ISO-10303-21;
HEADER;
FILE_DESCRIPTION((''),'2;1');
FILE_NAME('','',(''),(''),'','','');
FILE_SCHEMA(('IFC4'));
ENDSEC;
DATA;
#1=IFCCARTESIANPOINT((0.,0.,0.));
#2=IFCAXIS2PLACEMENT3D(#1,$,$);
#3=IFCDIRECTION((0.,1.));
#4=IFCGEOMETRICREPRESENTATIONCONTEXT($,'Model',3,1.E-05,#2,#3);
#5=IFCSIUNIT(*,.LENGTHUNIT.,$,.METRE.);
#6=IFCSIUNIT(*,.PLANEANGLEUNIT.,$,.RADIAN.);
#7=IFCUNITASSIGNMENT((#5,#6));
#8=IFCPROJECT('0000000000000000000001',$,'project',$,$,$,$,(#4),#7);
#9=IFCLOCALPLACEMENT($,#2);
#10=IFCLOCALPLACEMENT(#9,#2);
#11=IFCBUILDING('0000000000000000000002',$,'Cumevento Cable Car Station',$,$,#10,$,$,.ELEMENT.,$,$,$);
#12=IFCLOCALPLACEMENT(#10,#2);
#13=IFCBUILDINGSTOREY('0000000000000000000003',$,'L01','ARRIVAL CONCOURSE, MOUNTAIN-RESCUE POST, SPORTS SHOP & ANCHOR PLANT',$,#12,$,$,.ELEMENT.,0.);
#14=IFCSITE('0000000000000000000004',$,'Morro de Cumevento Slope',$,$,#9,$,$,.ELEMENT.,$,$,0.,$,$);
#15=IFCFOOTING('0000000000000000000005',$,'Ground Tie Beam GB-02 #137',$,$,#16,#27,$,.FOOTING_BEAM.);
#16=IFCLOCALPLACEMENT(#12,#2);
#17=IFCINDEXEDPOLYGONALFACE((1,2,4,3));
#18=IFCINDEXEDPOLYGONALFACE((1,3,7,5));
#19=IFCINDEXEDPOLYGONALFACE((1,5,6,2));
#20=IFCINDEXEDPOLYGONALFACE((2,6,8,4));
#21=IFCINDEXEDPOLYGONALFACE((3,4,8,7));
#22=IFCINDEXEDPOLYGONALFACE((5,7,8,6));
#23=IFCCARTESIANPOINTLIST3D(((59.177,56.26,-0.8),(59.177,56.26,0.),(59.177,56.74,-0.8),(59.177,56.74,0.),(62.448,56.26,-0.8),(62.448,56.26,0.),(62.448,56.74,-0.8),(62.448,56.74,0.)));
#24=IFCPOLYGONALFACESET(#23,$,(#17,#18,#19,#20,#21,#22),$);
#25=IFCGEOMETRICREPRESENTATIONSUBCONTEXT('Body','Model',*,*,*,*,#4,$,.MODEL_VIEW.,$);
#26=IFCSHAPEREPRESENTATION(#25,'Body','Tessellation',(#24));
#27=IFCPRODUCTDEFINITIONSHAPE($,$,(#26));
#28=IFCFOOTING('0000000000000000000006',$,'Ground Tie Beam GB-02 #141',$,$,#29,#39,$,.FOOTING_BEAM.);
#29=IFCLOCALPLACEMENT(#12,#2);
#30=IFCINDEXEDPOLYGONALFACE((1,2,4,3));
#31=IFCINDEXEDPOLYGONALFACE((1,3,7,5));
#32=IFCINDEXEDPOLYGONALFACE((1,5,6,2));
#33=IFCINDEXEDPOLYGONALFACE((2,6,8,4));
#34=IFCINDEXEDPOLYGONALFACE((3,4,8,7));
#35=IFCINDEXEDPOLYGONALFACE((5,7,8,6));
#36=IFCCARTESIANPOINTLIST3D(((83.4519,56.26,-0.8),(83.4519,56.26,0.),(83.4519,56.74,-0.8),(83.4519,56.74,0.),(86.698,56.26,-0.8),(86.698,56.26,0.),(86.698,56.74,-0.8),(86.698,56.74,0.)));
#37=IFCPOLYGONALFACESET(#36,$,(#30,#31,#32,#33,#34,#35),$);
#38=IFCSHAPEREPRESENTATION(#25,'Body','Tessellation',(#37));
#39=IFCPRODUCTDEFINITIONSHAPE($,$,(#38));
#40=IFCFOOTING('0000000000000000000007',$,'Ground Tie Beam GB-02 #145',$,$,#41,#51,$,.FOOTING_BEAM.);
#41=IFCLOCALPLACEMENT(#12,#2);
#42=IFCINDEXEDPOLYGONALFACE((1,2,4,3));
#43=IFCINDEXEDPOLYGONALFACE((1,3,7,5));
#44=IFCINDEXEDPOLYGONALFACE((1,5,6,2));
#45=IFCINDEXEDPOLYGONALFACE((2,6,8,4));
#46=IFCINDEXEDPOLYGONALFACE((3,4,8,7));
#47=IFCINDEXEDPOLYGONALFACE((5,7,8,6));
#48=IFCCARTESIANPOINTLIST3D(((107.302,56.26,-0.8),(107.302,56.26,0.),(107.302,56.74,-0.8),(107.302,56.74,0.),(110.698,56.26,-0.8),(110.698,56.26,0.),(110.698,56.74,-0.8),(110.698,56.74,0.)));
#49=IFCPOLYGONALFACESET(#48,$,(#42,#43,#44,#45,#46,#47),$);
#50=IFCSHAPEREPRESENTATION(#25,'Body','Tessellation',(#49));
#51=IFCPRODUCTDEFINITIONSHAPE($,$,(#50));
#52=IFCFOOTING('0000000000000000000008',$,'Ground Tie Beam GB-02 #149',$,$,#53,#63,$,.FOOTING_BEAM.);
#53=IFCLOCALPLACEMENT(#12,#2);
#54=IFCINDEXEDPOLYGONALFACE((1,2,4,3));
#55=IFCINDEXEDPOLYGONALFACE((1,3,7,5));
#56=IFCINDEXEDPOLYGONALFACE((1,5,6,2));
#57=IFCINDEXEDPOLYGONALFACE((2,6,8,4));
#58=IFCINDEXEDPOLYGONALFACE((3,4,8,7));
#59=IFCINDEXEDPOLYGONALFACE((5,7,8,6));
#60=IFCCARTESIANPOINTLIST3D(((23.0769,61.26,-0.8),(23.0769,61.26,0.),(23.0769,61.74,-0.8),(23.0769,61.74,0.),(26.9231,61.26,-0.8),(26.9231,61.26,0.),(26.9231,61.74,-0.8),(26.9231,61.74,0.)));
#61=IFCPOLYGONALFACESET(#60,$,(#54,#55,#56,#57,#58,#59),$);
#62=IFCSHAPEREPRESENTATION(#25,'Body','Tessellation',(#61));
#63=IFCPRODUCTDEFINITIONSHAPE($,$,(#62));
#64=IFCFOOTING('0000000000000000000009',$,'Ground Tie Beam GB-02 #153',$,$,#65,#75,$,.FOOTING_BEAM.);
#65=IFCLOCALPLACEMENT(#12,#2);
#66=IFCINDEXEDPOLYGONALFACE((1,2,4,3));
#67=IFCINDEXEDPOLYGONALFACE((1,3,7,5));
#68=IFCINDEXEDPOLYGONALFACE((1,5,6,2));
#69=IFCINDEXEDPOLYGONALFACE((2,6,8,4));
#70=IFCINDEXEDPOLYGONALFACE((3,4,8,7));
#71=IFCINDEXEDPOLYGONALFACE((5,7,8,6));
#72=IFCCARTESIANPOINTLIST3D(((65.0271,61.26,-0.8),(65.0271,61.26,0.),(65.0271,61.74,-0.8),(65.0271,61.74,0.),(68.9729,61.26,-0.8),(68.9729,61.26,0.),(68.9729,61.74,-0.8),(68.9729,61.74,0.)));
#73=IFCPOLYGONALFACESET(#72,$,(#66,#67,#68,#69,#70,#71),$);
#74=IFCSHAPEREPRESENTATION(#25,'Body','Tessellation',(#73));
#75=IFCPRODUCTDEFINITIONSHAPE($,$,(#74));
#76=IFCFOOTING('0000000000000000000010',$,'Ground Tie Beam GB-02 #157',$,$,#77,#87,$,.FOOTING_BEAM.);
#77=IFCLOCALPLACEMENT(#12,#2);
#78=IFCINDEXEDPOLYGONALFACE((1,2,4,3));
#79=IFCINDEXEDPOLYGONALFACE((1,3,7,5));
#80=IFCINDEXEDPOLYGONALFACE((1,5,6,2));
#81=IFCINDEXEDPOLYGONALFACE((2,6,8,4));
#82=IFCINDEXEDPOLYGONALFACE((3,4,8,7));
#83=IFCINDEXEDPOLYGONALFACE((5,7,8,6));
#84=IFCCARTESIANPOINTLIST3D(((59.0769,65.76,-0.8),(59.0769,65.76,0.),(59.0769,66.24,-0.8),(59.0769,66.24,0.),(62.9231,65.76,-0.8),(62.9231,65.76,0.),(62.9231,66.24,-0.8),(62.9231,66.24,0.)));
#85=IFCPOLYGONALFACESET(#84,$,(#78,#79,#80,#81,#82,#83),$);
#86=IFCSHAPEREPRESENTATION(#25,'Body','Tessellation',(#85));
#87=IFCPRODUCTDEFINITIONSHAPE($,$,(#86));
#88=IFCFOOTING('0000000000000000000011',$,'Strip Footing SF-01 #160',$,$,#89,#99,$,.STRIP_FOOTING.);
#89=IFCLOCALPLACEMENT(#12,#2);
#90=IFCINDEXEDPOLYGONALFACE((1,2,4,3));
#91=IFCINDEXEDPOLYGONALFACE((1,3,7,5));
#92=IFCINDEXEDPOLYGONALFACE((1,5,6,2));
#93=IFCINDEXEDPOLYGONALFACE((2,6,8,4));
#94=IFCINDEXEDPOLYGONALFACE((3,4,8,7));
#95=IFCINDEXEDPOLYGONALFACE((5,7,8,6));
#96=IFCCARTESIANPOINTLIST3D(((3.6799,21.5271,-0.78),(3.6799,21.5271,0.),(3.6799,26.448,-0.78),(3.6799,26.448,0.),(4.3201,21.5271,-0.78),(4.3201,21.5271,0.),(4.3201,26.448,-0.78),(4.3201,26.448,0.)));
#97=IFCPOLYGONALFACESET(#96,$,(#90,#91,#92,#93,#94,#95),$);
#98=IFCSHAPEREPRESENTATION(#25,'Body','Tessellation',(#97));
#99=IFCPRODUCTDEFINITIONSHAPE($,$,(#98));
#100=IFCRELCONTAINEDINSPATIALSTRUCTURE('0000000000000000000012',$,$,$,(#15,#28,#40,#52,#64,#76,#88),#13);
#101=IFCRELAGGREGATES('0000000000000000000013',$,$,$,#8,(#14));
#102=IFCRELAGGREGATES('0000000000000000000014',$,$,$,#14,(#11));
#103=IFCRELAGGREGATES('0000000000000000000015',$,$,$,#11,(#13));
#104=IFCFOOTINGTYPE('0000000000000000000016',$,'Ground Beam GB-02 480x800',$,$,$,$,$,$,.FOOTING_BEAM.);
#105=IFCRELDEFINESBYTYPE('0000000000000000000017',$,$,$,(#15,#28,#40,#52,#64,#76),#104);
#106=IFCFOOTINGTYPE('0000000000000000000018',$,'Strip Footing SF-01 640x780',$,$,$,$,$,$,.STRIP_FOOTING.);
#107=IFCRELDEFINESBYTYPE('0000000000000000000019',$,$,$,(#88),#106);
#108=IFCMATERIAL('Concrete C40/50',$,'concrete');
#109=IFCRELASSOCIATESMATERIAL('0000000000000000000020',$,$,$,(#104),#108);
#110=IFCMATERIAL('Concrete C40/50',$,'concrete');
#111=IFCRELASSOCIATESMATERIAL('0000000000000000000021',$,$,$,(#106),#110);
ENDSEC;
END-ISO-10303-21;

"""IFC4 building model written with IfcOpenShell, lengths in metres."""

from ifc_helpers import new_model, si_unit, direction, frame, origin, place, context, subcontext, project, spatial, polyline, outline, extrude, material, type_object, element, save


model = new_model("IFC4")

# Units and contexts
model_context = context("Model", 3, precision=1e-05, world=origin(), true_north=direction((0.0, 1.0)))
body_context = subcontext(model_context, "Body", "Model", "MODEL_VIEW")
ifc_project = project(units=[si_unit("LENGTHUNIT", "METRE"), si_unit("PLANEANGLEUNIT", "RADIAN")], contexts=[model_context])

# Site, building, storey
site_placement = place(None, origin())
site = spatial("IfcSite", under=ifc_project, at=site_placement, Name="Morro de Cumevento Slope", CompositionType="ELEMENT", RefElevation=0.0)
building_placement = place(site_placement, origin())
building = spatial("IfcBuilding", under=site, at=building_placement, Name="Cumevento Cable Car Station", CompositionType="ELEMENT")
storey_placement = place(building_placement, origin())
storey = spatial("IfcBuildingStorey", under=building, at=storey_placement, Name="L01", Description="ARRIVAL CONCOURSE, MOUNTAIN-RESCUE POST, SPORTS SHOP & ANCHOR PLANT", CompositionType="ELEMENT", Elevation=0.0)

# Footings
ifc_material_1 = material(Name="Concrete C40/50", Category="concrete")
footing_type_1 = type_object("IfcFootingType", Name="Ground Beam GB-02 480x800", PredefinedType="FOOTING_BEAM", material=ifc_material_1)
footing_1_placement = place(storey_placement, frame((0.0, 0.0, -0.8)))
element("IfcFooting", 1, at=footing_1_placement, inside=storey, type_object=footing_type_1, Name="Ground Tie Beam GB-02 #137", PredefinedType="FOOTING_BEAM", context=body_context, shape_type="SweptSolid", body=[
    extrude(outline(polyline([(59.177, 56.26), (62.448, 56.26), (62.448, 56.74), (59.177, 56.74), (59.177, 56.26)])), origin(), (0.0, 0.0, 1.0), 0.8),
])
footing_2_placement = place(storey_placement, frame((0.0, 0.0, -0.8)))
element("IfcFooting", 2, at=footing_2_placement, inside=storey, type_object=footing_type_1, Name="Ground Tie Beam GB-02 #141", PredefinedType="FOOTING_BEAM", context=body_context, shape_type="SweptSolid", body=[
    extrude(outline(polyline([(83.4519, 56.26), (86.698, 56.26), (86.698, 56.74), (83.4519, 56.74), (83.4519, 56.26)])), origin(), (0.0, 0.0, 1.0), 0.8),
])
footing_3_placement = place(storey_placement, frame((0.0, 0.0, -0.8)))
element("IfcFooting", 3, at=footing_3_placement, inside=storey, type_object=footing_type_1, Name="Ground Tie Beam GB-02 #145", PredefinedType="FOOTING_BEAM", context=body_context, shape_type="SweptSolid", body=[
    extrude(outline(polyline([(107.302, 56.26), (110.698, 56.26), (110.698, 56.74), (107.302, 56.74), (107.302, 56.26)])), origin(), (0.0, 0.0, 1.0), 0.8),
])
footing_4_placement = place(storey_placement, frame((0.0, 0.0, -0.8)))
element("IfcFooting", 4, at=footing_4_placement, inside=storey, type_object=footing_type_1, Name="Ground Tie Beam GB-02 #149", PredefinedType="FOOTING_BEAM", context=body_context, shape_type="SweptSolid", body=[
    extrude(outline(polyline([(23.0769, 61.26), (26.9231, 61.26), (26.9231, 61.74), (23.0769, 61.74), (23.0769, 61.26)])), origin(), (0.0, 0.0, 1.0), 0.8),
])
footing_5_placement = place(storey_placement, frame((0.0, 0.0, -0.8)))
element("IfcFooting", 5, at=footing_5_placement, inside=storey, type_object=footing_type_1, Name="Ground Tie Beam GB-02 #153", PredefinedType="FOOTING_BEAM", context=body_context, shape_type="SweptSolid", body=[
    extrude(outline(polyline([(65.0271, 61.26), (68.9729, 61.26), (68.9729, 61.74), (65.0271, 61.74), (65.0271, 61.26)])), origin(), (0.0, 0.0, 1.0), 0.8),
])
footing_6_placement = place(storey_placement, frame((0.0, 0.0, -0.8)))
element("IfcFooting", 6, at=footing_6_placement, inside=storey, type_object=footing_type_1, Name="Ground Tie Beam GB-02 #157", PredefinedType="FOOTING_BEAM", context=body_context, shape_type="SweptSolid", body=[
    extrude(outline(polyline([(59.0769, 65.76), (62.9231, 65.76), (62.9231, 66.24), (59.0769, 66.24), (59.0769, 65.76)])), origin(), (0.0, 0.0, 1.0), 0.8),
])
ifc_material_2 = material(Name="Concrete C40/50", Category="concrete")
footing_type_2 = type_object("IfcFootingType", Name="Strip Footing SF-01 640x780", PredefinedType="STRIP_FOOTING", material=ifc_material_2)
footing_7_placement = place(storey_placement, frame((0.0, 0.0, -0.78)))
element("IfcFooting", 7, at=footing_7_placement, inside=storey, type_object=footing_type_2, Name="Strip Footing SF-01 #160", PredefinedType="STRIP_FOOTING", context=body_context, shape_type="SweptSolid", body=[
    extrude(outline(polyline([(3.6799, 21.5271), (4.3201, 21.5271), (4.3201, 26.448), (3.6799, 26.448), (3.6799, 21.5271)])), origin(), (0.0, 0.0, 1.0), 0.78),
])

save(model, "model.ifc")
